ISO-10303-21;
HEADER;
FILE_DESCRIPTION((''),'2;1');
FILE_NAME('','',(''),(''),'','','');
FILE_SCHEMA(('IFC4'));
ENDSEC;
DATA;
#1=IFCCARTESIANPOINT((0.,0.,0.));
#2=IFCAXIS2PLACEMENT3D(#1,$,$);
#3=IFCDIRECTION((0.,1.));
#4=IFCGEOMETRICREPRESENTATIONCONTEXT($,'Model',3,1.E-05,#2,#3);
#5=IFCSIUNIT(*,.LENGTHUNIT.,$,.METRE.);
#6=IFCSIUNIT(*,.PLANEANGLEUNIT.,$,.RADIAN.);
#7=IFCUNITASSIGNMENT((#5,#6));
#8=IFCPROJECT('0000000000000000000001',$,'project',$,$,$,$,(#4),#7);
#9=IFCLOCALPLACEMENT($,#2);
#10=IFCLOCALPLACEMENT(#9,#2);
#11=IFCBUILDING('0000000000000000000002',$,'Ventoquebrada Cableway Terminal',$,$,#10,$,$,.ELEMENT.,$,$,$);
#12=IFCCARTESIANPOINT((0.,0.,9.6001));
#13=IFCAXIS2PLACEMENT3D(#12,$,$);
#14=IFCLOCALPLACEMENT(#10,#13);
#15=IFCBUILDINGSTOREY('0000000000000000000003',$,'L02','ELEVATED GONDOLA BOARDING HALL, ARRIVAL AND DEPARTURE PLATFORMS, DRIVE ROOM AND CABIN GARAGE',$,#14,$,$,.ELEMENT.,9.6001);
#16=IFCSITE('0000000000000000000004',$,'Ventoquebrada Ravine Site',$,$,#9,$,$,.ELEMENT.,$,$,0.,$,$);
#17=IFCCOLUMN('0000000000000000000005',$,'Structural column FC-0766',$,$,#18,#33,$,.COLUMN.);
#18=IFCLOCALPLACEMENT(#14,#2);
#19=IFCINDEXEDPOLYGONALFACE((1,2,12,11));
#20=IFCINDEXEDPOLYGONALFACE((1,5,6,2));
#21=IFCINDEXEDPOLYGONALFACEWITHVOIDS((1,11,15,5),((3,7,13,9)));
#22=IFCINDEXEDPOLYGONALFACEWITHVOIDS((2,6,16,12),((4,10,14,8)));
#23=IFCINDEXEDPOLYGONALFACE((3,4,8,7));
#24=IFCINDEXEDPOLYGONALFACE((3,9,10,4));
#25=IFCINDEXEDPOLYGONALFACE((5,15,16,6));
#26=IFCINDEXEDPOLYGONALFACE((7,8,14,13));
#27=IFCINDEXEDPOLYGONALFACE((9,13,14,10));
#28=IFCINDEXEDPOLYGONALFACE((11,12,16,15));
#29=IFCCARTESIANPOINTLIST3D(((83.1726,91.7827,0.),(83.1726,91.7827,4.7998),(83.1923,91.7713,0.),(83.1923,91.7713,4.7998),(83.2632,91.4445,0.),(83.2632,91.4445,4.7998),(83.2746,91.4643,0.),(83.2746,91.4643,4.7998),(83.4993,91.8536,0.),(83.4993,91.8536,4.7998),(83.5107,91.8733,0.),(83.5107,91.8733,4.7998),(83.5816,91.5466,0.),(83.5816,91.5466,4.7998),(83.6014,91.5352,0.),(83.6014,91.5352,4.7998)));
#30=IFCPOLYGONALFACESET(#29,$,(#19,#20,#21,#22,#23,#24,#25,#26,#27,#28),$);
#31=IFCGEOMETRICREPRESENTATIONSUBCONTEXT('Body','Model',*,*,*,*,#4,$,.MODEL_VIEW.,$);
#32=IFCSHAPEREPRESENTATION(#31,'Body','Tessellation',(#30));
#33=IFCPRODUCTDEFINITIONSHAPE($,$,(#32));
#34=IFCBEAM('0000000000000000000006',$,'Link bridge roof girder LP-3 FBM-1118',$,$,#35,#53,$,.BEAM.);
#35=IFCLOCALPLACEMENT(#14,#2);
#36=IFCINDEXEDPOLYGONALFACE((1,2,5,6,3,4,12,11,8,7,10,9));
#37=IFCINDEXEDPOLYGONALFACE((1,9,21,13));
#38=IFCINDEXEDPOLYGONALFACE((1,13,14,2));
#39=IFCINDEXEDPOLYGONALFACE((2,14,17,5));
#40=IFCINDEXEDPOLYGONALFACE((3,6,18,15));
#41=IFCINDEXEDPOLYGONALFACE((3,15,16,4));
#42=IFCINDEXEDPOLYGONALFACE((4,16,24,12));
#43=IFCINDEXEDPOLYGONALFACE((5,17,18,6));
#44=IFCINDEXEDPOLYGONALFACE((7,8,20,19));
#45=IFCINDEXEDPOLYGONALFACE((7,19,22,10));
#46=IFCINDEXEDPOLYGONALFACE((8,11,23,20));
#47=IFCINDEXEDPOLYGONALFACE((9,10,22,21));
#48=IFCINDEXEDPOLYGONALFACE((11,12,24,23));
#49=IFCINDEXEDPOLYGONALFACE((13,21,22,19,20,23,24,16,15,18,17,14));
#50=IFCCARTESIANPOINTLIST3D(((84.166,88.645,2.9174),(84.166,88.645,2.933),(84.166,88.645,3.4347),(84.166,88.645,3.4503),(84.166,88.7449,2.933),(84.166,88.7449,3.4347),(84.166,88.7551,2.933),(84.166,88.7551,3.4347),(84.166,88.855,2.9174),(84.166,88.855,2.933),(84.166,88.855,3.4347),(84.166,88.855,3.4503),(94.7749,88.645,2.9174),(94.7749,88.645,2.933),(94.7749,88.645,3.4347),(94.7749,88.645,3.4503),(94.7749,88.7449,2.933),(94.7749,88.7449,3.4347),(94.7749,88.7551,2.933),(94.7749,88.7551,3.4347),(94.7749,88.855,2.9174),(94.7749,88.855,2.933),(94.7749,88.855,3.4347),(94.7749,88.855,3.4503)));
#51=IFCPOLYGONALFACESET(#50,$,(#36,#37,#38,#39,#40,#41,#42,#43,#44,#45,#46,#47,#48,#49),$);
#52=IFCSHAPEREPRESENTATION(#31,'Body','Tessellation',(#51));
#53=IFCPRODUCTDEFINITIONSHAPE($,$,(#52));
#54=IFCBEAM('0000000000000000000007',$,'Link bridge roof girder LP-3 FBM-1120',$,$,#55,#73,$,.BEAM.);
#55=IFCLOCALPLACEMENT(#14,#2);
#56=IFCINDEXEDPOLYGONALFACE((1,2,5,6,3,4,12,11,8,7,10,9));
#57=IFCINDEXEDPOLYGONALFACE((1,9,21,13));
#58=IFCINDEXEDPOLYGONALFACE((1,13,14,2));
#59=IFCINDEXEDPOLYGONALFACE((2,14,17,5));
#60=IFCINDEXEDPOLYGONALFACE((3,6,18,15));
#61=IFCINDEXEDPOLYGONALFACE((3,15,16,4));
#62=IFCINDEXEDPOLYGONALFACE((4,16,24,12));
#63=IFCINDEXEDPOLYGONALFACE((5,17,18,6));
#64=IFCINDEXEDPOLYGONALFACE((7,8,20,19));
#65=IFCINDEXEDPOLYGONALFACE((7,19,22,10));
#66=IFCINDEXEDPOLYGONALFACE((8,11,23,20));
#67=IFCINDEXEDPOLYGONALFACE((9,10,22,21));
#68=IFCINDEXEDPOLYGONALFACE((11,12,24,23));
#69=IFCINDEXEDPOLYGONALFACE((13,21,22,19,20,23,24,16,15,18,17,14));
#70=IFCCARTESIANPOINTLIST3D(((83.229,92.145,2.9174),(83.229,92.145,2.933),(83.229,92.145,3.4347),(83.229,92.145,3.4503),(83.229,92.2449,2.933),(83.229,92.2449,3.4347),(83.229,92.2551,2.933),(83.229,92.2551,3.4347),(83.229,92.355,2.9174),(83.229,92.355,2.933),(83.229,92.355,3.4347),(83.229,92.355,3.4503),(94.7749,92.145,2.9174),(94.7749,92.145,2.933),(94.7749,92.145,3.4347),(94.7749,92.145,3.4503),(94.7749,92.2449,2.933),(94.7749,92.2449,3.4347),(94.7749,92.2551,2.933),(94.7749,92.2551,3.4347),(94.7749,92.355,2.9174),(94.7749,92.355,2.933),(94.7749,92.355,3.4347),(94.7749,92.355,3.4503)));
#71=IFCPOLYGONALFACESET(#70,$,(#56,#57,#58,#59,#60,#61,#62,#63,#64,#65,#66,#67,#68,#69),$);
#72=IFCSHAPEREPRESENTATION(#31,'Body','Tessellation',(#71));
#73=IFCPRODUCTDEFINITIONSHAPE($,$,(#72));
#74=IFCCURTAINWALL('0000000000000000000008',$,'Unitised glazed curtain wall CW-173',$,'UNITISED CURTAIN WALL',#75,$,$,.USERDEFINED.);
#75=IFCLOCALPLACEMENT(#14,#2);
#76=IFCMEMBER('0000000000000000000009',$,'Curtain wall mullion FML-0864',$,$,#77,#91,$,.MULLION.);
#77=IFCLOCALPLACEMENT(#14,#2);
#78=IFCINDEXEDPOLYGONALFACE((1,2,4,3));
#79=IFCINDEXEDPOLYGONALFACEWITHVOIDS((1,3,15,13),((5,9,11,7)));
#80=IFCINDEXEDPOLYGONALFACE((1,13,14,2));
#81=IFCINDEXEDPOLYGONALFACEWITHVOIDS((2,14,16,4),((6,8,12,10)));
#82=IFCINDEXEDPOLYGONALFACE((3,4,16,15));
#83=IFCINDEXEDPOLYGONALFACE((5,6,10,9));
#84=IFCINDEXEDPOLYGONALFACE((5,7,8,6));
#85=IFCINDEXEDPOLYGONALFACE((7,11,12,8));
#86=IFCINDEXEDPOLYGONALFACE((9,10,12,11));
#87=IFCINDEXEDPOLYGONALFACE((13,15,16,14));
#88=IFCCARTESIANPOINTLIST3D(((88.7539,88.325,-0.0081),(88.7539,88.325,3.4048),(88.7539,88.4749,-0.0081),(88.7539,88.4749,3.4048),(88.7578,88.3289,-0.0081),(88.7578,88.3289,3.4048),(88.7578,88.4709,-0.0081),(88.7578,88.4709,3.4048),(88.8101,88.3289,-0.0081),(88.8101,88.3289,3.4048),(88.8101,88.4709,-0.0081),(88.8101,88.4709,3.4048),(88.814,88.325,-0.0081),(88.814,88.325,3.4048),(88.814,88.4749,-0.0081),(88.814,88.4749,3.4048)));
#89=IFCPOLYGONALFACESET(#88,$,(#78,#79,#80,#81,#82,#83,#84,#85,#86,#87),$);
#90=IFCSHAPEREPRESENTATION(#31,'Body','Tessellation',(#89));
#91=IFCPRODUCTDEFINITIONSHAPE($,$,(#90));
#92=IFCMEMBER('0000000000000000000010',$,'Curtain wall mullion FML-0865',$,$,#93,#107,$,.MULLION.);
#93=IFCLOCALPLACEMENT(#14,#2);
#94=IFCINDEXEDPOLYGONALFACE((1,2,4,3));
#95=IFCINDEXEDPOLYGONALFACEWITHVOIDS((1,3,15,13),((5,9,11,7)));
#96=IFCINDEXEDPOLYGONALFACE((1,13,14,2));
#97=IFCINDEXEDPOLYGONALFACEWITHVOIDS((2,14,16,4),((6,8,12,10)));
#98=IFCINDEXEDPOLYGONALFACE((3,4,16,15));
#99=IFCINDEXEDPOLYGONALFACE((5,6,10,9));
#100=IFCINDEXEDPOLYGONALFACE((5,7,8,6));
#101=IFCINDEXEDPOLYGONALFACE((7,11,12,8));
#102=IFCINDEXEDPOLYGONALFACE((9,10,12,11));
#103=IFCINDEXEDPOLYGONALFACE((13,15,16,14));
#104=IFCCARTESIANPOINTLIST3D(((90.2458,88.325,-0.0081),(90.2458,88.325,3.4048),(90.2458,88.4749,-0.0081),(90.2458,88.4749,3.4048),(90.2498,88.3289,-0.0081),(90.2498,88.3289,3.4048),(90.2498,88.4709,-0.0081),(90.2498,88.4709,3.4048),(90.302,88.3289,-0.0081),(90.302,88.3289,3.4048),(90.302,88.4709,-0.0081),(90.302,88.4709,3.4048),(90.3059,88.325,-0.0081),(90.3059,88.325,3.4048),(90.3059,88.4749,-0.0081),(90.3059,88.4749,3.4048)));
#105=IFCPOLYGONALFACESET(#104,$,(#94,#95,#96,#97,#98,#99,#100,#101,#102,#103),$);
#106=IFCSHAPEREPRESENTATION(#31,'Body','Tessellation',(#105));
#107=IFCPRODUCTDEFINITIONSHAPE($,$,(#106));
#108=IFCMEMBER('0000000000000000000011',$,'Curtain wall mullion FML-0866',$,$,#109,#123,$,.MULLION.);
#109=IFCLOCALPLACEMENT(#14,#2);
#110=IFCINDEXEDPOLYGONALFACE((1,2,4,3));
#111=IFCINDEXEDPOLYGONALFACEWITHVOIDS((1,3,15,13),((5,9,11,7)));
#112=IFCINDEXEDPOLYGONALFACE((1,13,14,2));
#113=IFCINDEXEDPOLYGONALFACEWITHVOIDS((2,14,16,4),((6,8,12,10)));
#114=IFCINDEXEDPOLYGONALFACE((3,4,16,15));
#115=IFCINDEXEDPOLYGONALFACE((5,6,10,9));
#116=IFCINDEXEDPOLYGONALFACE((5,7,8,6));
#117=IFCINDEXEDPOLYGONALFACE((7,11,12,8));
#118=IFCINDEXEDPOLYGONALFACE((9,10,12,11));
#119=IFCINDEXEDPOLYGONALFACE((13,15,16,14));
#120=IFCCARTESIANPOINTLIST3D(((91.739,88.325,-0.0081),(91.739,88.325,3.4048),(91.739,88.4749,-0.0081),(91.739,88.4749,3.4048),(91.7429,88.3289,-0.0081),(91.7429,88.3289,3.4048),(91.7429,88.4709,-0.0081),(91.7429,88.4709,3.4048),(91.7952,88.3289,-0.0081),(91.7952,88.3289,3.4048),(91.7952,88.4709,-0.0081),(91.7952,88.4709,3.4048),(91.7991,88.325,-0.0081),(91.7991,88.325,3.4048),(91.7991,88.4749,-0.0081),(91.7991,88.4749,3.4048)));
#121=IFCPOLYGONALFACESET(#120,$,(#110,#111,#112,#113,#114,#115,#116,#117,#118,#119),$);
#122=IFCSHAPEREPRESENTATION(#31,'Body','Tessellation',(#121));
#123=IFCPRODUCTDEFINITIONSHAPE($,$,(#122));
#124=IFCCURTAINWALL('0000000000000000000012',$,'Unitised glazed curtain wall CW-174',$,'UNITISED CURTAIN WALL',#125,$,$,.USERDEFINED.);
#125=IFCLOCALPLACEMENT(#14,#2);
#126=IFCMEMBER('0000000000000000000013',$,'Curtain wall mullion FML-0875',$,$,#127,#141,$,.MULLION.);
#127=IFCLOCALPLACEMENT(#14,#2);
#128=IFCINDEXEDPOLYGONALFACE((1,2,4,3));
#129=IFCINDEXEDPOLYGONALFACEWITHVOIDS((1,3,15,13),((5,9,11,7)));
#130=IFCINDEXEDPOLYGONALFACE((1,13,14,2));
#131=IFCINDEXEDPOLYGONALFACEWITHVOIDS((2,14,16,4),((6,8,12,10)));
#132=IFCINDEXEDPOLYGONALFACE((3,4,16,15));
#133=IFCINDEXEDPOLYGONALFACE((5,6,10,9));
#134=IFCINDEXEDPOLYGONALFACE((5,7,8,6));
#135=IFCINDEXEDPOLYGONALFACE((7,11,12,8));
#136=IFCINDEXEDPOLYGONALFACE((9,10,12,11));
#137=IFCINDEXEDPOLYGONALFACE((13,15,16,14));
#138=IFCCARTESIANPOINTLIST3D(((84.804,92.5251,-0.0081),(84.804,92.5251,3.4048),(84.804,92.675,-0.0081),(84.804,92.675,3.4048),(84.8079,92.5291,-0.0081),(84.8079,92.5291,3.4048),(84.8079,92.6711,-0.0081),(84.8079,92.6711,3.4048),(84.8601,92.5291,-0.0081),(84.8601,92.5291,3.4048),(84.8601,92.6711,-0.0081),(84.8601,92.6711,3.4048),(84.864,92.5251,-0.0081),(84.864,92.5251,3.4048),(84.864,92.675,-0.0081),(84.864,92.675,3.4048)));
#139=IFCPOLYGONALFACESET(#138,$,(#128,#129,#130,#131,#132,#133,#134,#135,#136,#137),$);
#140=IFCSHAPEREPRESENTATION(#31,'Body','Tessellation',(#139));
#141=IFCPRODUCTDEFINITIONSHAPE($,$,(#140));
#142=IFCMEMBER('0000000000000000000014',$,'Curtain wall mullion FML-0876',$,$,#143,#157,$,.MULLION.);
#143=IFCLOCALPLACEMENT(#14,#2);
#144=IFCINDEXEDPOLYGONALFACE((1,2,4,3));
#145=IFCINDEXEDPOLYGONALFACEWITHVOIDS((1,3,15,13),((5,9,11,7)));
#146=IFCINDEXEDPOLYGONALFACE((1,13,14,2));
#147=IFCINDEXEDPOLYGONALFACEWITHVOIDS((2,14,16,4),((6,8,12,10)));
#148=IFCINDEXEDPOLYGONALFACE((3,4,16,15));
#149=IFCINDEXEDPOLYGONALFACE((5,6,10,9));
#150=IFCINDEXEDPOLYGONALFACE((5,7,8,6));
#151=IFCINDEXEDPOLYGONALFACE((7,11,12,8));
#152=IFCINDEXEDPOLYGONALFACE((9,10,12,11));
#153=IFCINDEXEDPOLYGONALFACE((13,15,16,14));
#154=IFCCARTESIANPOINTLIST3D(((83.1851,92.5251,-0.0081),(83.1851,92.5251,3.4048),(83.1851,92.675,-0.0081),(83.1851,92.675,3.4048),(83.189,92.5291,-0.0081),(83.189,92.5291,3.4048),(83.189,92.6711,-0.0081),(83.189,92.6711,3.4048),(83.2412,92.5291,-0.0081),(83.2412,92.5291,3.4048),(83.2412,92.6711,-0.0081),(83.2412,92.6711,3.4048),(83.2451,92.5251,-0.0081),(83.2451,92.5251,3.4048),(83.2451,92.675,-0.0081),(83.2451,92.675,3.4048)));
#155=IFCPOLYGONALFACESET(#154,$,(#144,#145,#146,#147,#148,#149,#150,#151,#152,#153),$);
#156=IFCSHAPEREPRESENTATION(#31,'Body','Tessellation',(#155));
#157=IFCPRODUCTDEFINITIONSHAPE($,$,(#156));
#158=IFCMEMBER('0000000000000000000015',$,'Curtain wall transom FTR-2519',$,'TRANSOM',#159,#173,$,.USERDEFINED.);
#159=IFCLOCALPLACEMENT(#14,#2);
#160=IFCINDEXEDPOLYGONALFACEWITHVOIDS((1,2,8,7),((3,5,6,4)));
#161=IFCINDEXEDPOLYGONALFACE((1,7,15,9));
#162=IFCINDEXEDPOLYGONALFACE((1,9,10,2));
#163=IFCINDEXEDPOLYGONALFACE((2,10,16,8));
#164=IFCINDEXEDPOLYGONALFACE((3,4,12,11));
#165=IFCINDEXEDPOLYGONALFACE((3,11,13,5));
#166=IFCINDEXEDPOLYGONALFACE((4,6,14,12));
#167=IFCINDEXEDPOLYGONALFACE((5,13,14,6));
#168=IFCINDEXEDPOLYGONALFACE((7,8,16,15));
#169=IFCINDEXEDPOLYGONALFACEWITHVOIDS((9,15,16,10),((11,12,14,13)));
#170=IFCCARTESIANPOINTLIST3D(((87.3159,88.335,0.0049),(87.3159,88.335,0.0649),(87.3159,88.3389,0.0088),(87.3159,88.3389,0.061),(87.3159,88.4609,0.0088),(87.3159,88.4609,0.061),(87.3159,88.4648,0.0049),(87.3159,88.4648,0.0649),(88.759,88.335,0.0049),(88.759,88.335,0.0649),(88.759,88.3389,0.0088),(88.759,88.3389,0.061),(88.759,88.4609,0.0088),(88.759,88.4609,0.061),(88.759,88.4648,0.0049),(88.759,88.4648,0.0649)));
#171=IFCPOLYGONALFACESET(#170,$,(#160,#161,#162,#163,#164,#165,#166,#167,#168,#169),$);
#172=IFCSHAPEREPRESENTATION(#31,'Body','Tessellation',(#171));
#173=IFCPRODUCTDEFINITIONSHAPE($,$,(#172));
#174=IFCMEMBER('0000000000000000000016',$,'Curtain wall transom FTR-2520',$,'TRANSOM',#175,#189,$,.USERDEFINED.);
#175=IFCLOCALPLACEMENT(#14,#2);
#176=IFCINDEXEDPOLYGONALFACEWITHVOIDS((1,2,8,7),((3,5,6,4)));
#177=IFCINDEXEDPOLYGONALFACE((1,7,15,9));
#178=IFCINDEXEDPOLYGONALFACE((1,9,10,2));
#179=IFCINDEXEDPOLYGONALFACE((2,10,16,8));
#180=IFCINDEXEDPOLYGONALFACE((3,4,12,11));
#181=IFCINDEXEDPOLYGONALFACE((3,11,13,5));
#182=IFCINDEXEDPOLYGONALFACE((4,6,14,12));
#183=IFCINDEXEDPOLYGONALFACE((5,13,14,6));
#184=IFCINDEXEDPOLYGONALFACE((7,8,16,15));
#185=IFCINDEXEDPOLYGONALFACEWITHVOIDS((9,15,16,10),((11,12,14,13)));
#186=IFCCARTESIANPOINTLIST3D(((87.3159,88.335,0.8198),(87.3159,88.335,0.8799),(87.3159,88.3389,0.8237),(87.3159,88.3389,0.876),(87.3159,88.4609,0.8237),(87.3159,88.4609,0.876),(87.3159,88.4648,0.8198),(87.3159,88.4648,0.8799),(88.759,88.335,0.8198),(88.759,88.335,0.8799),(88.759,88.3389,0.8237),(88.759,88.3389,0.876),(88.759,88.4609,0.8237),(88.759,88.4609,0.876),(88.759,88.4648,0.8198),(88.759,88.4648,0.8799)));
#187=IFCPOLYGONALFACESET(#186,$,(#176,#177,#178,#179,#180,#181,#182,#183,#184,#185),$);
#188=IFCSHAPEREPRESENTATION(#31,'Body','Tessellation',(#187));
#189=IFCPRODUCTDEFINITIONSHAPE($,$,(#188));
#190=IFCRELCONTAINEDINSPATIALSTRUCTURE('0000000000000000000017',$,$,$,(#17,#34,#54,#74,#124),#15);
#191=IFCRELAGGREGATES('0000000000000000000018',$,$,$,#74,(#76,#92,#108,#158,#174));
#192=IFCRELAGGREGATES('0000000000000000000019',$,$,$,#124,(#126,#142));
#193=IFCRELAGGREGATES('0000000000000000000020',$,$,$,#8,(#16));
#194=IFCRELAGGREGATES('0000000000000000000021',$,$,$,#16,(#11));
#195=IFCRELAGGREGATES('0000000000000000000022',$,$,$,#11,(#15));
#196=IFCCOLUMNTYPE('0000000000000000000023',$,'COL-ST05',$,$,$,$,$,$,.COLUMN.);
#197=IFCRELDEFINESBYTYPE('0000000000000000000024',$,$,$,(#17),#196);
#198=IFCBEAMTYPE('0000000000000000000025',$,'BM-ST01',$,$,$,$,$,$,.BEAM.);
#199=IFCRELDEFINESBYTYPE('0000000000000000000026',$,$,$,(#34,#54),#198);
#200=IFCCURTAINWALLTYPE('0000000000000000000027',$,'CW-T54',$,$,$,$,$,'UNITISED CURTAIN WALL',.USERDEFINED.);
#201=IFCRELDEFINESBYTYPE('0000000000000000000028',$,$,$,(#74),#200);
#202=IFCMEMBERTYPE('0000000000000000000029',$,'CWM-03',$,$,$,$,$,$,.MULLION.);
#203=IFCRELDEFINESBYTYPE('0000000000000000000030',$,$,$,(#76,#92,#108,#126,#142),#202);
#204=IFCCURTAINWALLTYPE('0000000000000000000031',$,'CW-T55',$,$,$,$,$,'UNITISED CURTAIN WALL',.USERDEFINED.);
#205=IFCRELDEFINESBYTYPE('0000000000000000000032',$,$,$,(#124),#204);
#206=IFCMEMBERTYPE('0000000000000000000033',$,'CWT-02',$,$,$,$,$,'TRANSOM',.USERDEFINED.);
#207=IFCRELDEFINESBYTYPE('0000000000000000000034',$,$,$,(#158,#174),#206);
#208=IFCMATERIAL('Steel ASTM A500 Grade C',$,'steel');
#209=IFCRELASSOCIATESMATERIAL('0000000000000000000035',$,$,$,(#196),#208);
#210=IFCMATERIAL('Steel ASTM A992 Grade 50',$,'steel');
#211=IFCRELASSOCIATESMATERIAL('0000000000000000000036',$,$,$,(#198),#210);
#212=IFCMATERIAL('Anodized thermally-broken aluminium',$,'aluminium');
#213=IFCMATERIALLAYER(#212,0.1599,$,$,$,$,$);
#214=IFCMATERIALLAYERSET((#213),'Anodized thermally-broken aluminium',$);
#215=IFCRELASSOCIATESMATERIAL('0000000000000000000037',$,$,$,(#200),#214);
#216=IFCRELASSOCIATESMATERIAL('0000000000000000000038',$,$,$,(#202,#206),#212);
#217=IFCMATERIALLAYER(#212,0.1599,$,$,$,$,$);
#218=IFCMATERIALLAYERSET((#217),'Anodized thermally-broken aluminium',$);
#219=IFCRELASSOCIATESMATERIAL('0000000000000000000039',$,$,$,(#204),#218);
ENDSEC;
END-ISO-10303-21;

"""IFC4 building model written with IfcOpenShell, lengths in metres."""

from ifc_helpers import new_model, si_unit, direction, frame, origin, origin_2d, place, context, subcontext, project, spatial, hollow_rectangle, i_section, extrude, material, layer, layer_set, material_profile, profile_set, type_object, element, aggregate, save


model = new_model("IFC4")

# Units and contexts
model_context = context("Model", 3, precision=1e-05, world=origin(), true_north=direction((0.0, 1.0)))
body_context = subcontext(model_context, "Body", "Model", "MODEL_VIEW")
ifc_project = project(units=[si_unit("LENGTHUNIT", "METRE"), si_unit("PLANEANGLEUNIT", "RADIAN")], contexts=[model_context])

# Site, building, storey
site_placement = place(None, origin())
site = spatial("IfcSite", under=ifc_project, at=site_placement, Name="Ventoquebrada Ravine Site", CompositionType="ELEMENT", RefElevation=0.0)
building_placement = place(site_placement, origin())
building = spatial("IfcBuilding", under=site, at=building_placement, Name="Ventoquebrada Cableway Terminal", CompositionType="ELEMENT")
storey_placement = place(building_placement, frame((0.0, 0.0, 9.6001)))
storey = spatial("IfcBuildingStorey", under=building, at=storey_placement, Name="L02", Description="ELEVATED GONDOLA BOARDING HALL, ARRIVAL AND DEPARTURE PLATFORMS, DRIVE ROOM AND CABIN GARAGE", CompositionType="ELEMENT", Elevation=9.6001)

# Column
ifc_material_1 = material(Name="Steel ASTM A500 Grade C", Category="steel")
ifc_material_profile_1 = material_profile(ifc_material_1, hollow_rectangle(XDim=0.3501, YDim=0.3501, WallThickness=0.0161, at=origin_2d()), Name="HSS350X350X16")
ifc_profile_set_1 = profile_set([ifc_material_profile_1], Name="Steel ASTM A500 Grade C")
column_type = type_object("IfcColumnType", Name="COL-ST05", PredefinedType="COLUMN", material=ifc_profile_set_1)
column_placement = place(storey_placement, frame((83.387, 91.6589, 0.0), z_axis=(0.0, 0.0, 1.0), x_axis=(0.965926, 0.258819, 0.0)))
element("IfcColumn", 1, at=column_placement, inside=storey, type_object=column_type, Name="Structural column FC-0766", PredefinedType="COLUMN", context=body_context, shape_type="SweptSolid", body=[
    extrude(hollow_rectangle(XDim=0.3501, YDim=0.3501, WallThickness=0.0161, at=origin_2d()), origin(), (0.0, 0.0, 1.0), 4.7998),
])

# Beams
ifc_material_2 = material(Name="Steel ASTM A992 Grade 50", Category="steel")
ifc_material_profile_2 = material_profile(ifc_material_2, i_section(OverallWidth=0.21, OverallDepth=0.533, WebThickness=0.0103, FlangeThickness=0.0156, at=origin_2d()), Name="W21X62")
ifc_profile_set_2 = profile_set([ifc_material_profile_2], Name="Steel ASTM A992 Grade 50")
beam_type_1 = type_object("IfcBeamType", Name="BM-ST01", PredefinedType="BEAM", material=ifc_profile_set_2)
beam_1_placement = place(storey_placement, frame((84.166, 88.75, 3.1838), z_axis=(1.0, 0.0, 0.0), x_axis=(0.0, 1.0, 0.0)))
element("IfcBeam", 2, at=beam_1_placement, inside=storey, type_object=beam_type_1, Name="Link bridge roof girder LP-3 FBM-1118", PredefinedType="BEAM", context=body_context, shape_type="SweptSolid", body=[
    extrude(i_section(OverallWidth=0.21, OverallDepth=0.533, WebThickness=0.0103, FlangeThickness=0.0156, at=origin_2d()), origin(), (0.0, 0.0, 1.0), 10.6089),
])
beam_2_placement = place(storey_placement, frame((83.229, 92.25, 3.1838), z_axis=(1.0, 0.0, 0.0), x_axis=(0.0, 1.0, 0.0)))
element("IfcBeam", 3, at=beam_2_placement, inside=storey, type_object=beam_type_1, Name="Link bridge roof girder LP-3 FBM-1120", PredefinedType="BEAM", context=body_context, shape_type="SweptSolid", body=[
    extrude(i_section(OverallWidth=0.21, OverallDepth=0.533, WebThickness=0.0103, FlangeThickness=0.0156, at=origin_2d()), origin(), (0.0, 0.0, 1.0), 11.5459),
])

# Curtain walls, members
ifc_material_3 = material(Name="Anodized thermally-broken aluminium", Category="aluminium")
ifc_layer_1 = layer(ifc_material_3, 0.1599)
ifc_layer_set_1 = layer_set([ifc_layer_1], Name="Anodized thermally-broken aluminium")
curtain_wall_type_1 = type_object("IfcCurtainWallType", Name="CW-T54", ElementType="UNITISED CURTAIN WALL", PredefinedType="USERDEFINED", material=ifc_layer_set_1)
curtain_wall_1_placement = place(storey_placement, origin())
curtain_wall_1 = element("IfcCurtainWall", 4, at=curtain_wall_1_placement, inside=storey, type_object=curtain_wall_type_1, Name="Unitised glazed curtain wall CW-173", ObjectType="UNITISED CURTAIN WALL", PredefinedType="USERDEFINED")
ifc_material_profile_3 = material_profile(ifc_material_3, hollow_rectangle(XDim=0.0601, YDim=0.1499, WallThickness=0.0039, at=origin_2d()), Name="CW-MUL-60X150")
ifc_profile_set_3 = profile_set([ifc_material_profile_3], Name="Anodized thermally-broken aluminium")
member_type_1 = type_object("IfcMemberType", Name="CWM-03", PredefinedType="MULLION", material=ifc_profile_set_3)
member_1_placement = place(storey_placement, frame((88.7839, 88.3999, -0.0081), z_axis=(0.0, 0.0, 1.0), x_axis=(1.0, 0.0, 0.0)))
member_1 = element("IfcMember", 5, at=member_1_placement, type_object=member_type_1, Name="Curtain wall mullion FML-0864", PredefinedType="MULLION", context=body_context, shape_type="SweptSolid", body=[
    extrude(hollow_rectangle(XDim=0.0601, YDim=0.1499, WallThickness=0.0039, at=origin_2d()), origin(), (0.0, 0.0, 1.0), 3.4128),
])
member_2_placement = place(storey_placement, frame((90.2759, 88.3999, -0.0081), z_axis=(0.0, 0.0, 1.0), x_axis=(1.0, 0.0, 0.0)))
member_2 = element("IfcMember", 6, at=member_2_placement, type_object=member_type_1, Name="Curtain wall mullion FML-0865", PredefinedType="MULLION", context=body_context, shape_type="SweptSolid", body=[
    extrude(hollow_rectangle(XDim=0.0601, YDim=0.1499, WallThickness=0.0039, at=origin_2d()), origin(), (0.0, 0.0, 1.0), 3.4128),
])
member_3_placement = place(storey_placement, frame((91.769, 88.3999, -0.0081), z_axis=(0.0, 0.0, 1.0), x_axis=(1.0, 0.0, 0.0)))
member_3 = element("IfcMember", 7, at=member_3_placement, type_object=member_type_1, Name="Curtain wall mullion FML-0866", PredefinedType="MULLION", context=body_context, shape_type="SweptSolid", body=[
    extrude(hollow_rectangle(XDim=0.0601, YDim=0.1499, WallThickness=0.0039, at=origin_2d()), origin(), (0.0, 0.0, 1.0), 3.4128),
])
ifc_layer_2 = layer(ifc_material_3, 0.1599)
ifc_layer_set_2 = layer_set([ifc_layer_2], Name="Anodized thermally-broken aluminium")
curtain_wall_type_2 = type_object("IfcCurtainWallType", Name="CW-T55", ElementType="UNITISED CURTAIN WALL", PredefinedType="USERDEFINED", material=ifc_layer_set_2)
curtain_wall_2_placement = place(storey_placement, origin())
curtain_wall_2 = element("IfcCurtainWall", 8, at=curtain_wall_2_placement, inside=storey, type_object=curtain_wall_type_2, Name="Unitised glazed curtain wall CW-174", ObjectType="UNITISED CURTAIN WALL", PredefinedType="USERDEFINED")
member_4_placement = place(storey_placement, frame((84.834, 92.6001, -0.0081), z_axis=(0.0, 0.0, 1.0), x_axis=(-1.0, 0.0, 0.0)))
member_4 = element("IfcMember", 9, at=member_4_placement, type_object=member_type_1, Name="Curtain wall mullion FML-0875", PredefinedType="MULLION", context=body_context, shape_type="SweptSolid", body=[
    extrude(hollow_rectangle(XDim=0.0601, YDim=0.1499, WallThickness=0.0039, at=origin_2d()), origin(), (0.0, 0.0, 1.0), 3.4128),
])
member_5_placement = place(storey_placement, frame((83.2151, 92.6001, -0.0081), z_axis=(0.0, 0.0, 1.0), x_axis=(-1.0, 0.0, 0.0)))
member_5 = element("IfcMember", 10, at=member_5_placement, type_object=member_type_1, Name="Curtain wall mullion FML-0876", PredefinedType="MULLION", context=body_context, shape_type="SweptSolid", body=[
    extrude(hollow_rectangle(XDim=0.0601, YDim=0.1499, WallThickness=0.0039, at=origin_2d()), origin(), (0.0, 0.0, 1.0), 3.4128),
])

# Members
ifc_material_profile_4 = material_profile(ifc_material_3, hollow_rectangle(XDim=0.0601, YDim=0.1299, WallThickness=0.0039, at=origin_2d()), Name="CW-TRN-60X130")
ifc_profile_set_4 = profile_set([ifc_material_profile_4], Name="Anodized thermally-broken aluminium")
member_type_2 = type_object("IfcMemberType", Name="CWT-02", ElementType="TRANSOM", PredefinedType="USERDEFINED", material=ifc_profile_set_4)
member_6_placement = place(storey_placement, frame((87.3159, 88.3999, 0.0349), z_axis=(1.0, 0.0, 0.0), x_axis=(0.0, 0.0, 1.0)))
member_6 = element("IfcMember", 11, at=member_6_placement, type_object=member_type_2, Name="Curtain wall transom FTR-2519", ObjectType="TRANSOM", PredefinedType="USERDEFINED", context=body_context, shape_type="SweptSolid", body=[
    extrude(hollow_rectangle(XDim=0.0601, YDim=0.1299, WallThickness=0.0039, at=origin_2d()), origin(), (0.0, 0.0, 1.0), 1.4431),
])
member_7_placement = place(storey_placement, frame((87.3159, 88.3999, 0.8499), z_axis=(1.0, 0.0, 0.0), x_axis=(0.0, 0.0, 1.0)))
member_7 = element("IfcMember", 12, at=member_7_placement, type_object=member_type_2, Name="Curtain wall transom FTR-2520", ObjectType="TRANSOM", PredefinedType="USERDEFINED", context=body_context, shape_type="SweptSolid", body=[
    extrude(hollow_rectangle(XDim=0.0601, YDim=0.1299, WallThickness=0.0039, at=origin_2d()), origin(), (0.0, 0.0, 1.0), 1.4431),
])

aggregate(curtain_wall_1, [member_1, member_2, member_3, member_6, member_7])
aggregate(curtain_wall_2, [member_4, member_5])

save(model, "model.ifc")
